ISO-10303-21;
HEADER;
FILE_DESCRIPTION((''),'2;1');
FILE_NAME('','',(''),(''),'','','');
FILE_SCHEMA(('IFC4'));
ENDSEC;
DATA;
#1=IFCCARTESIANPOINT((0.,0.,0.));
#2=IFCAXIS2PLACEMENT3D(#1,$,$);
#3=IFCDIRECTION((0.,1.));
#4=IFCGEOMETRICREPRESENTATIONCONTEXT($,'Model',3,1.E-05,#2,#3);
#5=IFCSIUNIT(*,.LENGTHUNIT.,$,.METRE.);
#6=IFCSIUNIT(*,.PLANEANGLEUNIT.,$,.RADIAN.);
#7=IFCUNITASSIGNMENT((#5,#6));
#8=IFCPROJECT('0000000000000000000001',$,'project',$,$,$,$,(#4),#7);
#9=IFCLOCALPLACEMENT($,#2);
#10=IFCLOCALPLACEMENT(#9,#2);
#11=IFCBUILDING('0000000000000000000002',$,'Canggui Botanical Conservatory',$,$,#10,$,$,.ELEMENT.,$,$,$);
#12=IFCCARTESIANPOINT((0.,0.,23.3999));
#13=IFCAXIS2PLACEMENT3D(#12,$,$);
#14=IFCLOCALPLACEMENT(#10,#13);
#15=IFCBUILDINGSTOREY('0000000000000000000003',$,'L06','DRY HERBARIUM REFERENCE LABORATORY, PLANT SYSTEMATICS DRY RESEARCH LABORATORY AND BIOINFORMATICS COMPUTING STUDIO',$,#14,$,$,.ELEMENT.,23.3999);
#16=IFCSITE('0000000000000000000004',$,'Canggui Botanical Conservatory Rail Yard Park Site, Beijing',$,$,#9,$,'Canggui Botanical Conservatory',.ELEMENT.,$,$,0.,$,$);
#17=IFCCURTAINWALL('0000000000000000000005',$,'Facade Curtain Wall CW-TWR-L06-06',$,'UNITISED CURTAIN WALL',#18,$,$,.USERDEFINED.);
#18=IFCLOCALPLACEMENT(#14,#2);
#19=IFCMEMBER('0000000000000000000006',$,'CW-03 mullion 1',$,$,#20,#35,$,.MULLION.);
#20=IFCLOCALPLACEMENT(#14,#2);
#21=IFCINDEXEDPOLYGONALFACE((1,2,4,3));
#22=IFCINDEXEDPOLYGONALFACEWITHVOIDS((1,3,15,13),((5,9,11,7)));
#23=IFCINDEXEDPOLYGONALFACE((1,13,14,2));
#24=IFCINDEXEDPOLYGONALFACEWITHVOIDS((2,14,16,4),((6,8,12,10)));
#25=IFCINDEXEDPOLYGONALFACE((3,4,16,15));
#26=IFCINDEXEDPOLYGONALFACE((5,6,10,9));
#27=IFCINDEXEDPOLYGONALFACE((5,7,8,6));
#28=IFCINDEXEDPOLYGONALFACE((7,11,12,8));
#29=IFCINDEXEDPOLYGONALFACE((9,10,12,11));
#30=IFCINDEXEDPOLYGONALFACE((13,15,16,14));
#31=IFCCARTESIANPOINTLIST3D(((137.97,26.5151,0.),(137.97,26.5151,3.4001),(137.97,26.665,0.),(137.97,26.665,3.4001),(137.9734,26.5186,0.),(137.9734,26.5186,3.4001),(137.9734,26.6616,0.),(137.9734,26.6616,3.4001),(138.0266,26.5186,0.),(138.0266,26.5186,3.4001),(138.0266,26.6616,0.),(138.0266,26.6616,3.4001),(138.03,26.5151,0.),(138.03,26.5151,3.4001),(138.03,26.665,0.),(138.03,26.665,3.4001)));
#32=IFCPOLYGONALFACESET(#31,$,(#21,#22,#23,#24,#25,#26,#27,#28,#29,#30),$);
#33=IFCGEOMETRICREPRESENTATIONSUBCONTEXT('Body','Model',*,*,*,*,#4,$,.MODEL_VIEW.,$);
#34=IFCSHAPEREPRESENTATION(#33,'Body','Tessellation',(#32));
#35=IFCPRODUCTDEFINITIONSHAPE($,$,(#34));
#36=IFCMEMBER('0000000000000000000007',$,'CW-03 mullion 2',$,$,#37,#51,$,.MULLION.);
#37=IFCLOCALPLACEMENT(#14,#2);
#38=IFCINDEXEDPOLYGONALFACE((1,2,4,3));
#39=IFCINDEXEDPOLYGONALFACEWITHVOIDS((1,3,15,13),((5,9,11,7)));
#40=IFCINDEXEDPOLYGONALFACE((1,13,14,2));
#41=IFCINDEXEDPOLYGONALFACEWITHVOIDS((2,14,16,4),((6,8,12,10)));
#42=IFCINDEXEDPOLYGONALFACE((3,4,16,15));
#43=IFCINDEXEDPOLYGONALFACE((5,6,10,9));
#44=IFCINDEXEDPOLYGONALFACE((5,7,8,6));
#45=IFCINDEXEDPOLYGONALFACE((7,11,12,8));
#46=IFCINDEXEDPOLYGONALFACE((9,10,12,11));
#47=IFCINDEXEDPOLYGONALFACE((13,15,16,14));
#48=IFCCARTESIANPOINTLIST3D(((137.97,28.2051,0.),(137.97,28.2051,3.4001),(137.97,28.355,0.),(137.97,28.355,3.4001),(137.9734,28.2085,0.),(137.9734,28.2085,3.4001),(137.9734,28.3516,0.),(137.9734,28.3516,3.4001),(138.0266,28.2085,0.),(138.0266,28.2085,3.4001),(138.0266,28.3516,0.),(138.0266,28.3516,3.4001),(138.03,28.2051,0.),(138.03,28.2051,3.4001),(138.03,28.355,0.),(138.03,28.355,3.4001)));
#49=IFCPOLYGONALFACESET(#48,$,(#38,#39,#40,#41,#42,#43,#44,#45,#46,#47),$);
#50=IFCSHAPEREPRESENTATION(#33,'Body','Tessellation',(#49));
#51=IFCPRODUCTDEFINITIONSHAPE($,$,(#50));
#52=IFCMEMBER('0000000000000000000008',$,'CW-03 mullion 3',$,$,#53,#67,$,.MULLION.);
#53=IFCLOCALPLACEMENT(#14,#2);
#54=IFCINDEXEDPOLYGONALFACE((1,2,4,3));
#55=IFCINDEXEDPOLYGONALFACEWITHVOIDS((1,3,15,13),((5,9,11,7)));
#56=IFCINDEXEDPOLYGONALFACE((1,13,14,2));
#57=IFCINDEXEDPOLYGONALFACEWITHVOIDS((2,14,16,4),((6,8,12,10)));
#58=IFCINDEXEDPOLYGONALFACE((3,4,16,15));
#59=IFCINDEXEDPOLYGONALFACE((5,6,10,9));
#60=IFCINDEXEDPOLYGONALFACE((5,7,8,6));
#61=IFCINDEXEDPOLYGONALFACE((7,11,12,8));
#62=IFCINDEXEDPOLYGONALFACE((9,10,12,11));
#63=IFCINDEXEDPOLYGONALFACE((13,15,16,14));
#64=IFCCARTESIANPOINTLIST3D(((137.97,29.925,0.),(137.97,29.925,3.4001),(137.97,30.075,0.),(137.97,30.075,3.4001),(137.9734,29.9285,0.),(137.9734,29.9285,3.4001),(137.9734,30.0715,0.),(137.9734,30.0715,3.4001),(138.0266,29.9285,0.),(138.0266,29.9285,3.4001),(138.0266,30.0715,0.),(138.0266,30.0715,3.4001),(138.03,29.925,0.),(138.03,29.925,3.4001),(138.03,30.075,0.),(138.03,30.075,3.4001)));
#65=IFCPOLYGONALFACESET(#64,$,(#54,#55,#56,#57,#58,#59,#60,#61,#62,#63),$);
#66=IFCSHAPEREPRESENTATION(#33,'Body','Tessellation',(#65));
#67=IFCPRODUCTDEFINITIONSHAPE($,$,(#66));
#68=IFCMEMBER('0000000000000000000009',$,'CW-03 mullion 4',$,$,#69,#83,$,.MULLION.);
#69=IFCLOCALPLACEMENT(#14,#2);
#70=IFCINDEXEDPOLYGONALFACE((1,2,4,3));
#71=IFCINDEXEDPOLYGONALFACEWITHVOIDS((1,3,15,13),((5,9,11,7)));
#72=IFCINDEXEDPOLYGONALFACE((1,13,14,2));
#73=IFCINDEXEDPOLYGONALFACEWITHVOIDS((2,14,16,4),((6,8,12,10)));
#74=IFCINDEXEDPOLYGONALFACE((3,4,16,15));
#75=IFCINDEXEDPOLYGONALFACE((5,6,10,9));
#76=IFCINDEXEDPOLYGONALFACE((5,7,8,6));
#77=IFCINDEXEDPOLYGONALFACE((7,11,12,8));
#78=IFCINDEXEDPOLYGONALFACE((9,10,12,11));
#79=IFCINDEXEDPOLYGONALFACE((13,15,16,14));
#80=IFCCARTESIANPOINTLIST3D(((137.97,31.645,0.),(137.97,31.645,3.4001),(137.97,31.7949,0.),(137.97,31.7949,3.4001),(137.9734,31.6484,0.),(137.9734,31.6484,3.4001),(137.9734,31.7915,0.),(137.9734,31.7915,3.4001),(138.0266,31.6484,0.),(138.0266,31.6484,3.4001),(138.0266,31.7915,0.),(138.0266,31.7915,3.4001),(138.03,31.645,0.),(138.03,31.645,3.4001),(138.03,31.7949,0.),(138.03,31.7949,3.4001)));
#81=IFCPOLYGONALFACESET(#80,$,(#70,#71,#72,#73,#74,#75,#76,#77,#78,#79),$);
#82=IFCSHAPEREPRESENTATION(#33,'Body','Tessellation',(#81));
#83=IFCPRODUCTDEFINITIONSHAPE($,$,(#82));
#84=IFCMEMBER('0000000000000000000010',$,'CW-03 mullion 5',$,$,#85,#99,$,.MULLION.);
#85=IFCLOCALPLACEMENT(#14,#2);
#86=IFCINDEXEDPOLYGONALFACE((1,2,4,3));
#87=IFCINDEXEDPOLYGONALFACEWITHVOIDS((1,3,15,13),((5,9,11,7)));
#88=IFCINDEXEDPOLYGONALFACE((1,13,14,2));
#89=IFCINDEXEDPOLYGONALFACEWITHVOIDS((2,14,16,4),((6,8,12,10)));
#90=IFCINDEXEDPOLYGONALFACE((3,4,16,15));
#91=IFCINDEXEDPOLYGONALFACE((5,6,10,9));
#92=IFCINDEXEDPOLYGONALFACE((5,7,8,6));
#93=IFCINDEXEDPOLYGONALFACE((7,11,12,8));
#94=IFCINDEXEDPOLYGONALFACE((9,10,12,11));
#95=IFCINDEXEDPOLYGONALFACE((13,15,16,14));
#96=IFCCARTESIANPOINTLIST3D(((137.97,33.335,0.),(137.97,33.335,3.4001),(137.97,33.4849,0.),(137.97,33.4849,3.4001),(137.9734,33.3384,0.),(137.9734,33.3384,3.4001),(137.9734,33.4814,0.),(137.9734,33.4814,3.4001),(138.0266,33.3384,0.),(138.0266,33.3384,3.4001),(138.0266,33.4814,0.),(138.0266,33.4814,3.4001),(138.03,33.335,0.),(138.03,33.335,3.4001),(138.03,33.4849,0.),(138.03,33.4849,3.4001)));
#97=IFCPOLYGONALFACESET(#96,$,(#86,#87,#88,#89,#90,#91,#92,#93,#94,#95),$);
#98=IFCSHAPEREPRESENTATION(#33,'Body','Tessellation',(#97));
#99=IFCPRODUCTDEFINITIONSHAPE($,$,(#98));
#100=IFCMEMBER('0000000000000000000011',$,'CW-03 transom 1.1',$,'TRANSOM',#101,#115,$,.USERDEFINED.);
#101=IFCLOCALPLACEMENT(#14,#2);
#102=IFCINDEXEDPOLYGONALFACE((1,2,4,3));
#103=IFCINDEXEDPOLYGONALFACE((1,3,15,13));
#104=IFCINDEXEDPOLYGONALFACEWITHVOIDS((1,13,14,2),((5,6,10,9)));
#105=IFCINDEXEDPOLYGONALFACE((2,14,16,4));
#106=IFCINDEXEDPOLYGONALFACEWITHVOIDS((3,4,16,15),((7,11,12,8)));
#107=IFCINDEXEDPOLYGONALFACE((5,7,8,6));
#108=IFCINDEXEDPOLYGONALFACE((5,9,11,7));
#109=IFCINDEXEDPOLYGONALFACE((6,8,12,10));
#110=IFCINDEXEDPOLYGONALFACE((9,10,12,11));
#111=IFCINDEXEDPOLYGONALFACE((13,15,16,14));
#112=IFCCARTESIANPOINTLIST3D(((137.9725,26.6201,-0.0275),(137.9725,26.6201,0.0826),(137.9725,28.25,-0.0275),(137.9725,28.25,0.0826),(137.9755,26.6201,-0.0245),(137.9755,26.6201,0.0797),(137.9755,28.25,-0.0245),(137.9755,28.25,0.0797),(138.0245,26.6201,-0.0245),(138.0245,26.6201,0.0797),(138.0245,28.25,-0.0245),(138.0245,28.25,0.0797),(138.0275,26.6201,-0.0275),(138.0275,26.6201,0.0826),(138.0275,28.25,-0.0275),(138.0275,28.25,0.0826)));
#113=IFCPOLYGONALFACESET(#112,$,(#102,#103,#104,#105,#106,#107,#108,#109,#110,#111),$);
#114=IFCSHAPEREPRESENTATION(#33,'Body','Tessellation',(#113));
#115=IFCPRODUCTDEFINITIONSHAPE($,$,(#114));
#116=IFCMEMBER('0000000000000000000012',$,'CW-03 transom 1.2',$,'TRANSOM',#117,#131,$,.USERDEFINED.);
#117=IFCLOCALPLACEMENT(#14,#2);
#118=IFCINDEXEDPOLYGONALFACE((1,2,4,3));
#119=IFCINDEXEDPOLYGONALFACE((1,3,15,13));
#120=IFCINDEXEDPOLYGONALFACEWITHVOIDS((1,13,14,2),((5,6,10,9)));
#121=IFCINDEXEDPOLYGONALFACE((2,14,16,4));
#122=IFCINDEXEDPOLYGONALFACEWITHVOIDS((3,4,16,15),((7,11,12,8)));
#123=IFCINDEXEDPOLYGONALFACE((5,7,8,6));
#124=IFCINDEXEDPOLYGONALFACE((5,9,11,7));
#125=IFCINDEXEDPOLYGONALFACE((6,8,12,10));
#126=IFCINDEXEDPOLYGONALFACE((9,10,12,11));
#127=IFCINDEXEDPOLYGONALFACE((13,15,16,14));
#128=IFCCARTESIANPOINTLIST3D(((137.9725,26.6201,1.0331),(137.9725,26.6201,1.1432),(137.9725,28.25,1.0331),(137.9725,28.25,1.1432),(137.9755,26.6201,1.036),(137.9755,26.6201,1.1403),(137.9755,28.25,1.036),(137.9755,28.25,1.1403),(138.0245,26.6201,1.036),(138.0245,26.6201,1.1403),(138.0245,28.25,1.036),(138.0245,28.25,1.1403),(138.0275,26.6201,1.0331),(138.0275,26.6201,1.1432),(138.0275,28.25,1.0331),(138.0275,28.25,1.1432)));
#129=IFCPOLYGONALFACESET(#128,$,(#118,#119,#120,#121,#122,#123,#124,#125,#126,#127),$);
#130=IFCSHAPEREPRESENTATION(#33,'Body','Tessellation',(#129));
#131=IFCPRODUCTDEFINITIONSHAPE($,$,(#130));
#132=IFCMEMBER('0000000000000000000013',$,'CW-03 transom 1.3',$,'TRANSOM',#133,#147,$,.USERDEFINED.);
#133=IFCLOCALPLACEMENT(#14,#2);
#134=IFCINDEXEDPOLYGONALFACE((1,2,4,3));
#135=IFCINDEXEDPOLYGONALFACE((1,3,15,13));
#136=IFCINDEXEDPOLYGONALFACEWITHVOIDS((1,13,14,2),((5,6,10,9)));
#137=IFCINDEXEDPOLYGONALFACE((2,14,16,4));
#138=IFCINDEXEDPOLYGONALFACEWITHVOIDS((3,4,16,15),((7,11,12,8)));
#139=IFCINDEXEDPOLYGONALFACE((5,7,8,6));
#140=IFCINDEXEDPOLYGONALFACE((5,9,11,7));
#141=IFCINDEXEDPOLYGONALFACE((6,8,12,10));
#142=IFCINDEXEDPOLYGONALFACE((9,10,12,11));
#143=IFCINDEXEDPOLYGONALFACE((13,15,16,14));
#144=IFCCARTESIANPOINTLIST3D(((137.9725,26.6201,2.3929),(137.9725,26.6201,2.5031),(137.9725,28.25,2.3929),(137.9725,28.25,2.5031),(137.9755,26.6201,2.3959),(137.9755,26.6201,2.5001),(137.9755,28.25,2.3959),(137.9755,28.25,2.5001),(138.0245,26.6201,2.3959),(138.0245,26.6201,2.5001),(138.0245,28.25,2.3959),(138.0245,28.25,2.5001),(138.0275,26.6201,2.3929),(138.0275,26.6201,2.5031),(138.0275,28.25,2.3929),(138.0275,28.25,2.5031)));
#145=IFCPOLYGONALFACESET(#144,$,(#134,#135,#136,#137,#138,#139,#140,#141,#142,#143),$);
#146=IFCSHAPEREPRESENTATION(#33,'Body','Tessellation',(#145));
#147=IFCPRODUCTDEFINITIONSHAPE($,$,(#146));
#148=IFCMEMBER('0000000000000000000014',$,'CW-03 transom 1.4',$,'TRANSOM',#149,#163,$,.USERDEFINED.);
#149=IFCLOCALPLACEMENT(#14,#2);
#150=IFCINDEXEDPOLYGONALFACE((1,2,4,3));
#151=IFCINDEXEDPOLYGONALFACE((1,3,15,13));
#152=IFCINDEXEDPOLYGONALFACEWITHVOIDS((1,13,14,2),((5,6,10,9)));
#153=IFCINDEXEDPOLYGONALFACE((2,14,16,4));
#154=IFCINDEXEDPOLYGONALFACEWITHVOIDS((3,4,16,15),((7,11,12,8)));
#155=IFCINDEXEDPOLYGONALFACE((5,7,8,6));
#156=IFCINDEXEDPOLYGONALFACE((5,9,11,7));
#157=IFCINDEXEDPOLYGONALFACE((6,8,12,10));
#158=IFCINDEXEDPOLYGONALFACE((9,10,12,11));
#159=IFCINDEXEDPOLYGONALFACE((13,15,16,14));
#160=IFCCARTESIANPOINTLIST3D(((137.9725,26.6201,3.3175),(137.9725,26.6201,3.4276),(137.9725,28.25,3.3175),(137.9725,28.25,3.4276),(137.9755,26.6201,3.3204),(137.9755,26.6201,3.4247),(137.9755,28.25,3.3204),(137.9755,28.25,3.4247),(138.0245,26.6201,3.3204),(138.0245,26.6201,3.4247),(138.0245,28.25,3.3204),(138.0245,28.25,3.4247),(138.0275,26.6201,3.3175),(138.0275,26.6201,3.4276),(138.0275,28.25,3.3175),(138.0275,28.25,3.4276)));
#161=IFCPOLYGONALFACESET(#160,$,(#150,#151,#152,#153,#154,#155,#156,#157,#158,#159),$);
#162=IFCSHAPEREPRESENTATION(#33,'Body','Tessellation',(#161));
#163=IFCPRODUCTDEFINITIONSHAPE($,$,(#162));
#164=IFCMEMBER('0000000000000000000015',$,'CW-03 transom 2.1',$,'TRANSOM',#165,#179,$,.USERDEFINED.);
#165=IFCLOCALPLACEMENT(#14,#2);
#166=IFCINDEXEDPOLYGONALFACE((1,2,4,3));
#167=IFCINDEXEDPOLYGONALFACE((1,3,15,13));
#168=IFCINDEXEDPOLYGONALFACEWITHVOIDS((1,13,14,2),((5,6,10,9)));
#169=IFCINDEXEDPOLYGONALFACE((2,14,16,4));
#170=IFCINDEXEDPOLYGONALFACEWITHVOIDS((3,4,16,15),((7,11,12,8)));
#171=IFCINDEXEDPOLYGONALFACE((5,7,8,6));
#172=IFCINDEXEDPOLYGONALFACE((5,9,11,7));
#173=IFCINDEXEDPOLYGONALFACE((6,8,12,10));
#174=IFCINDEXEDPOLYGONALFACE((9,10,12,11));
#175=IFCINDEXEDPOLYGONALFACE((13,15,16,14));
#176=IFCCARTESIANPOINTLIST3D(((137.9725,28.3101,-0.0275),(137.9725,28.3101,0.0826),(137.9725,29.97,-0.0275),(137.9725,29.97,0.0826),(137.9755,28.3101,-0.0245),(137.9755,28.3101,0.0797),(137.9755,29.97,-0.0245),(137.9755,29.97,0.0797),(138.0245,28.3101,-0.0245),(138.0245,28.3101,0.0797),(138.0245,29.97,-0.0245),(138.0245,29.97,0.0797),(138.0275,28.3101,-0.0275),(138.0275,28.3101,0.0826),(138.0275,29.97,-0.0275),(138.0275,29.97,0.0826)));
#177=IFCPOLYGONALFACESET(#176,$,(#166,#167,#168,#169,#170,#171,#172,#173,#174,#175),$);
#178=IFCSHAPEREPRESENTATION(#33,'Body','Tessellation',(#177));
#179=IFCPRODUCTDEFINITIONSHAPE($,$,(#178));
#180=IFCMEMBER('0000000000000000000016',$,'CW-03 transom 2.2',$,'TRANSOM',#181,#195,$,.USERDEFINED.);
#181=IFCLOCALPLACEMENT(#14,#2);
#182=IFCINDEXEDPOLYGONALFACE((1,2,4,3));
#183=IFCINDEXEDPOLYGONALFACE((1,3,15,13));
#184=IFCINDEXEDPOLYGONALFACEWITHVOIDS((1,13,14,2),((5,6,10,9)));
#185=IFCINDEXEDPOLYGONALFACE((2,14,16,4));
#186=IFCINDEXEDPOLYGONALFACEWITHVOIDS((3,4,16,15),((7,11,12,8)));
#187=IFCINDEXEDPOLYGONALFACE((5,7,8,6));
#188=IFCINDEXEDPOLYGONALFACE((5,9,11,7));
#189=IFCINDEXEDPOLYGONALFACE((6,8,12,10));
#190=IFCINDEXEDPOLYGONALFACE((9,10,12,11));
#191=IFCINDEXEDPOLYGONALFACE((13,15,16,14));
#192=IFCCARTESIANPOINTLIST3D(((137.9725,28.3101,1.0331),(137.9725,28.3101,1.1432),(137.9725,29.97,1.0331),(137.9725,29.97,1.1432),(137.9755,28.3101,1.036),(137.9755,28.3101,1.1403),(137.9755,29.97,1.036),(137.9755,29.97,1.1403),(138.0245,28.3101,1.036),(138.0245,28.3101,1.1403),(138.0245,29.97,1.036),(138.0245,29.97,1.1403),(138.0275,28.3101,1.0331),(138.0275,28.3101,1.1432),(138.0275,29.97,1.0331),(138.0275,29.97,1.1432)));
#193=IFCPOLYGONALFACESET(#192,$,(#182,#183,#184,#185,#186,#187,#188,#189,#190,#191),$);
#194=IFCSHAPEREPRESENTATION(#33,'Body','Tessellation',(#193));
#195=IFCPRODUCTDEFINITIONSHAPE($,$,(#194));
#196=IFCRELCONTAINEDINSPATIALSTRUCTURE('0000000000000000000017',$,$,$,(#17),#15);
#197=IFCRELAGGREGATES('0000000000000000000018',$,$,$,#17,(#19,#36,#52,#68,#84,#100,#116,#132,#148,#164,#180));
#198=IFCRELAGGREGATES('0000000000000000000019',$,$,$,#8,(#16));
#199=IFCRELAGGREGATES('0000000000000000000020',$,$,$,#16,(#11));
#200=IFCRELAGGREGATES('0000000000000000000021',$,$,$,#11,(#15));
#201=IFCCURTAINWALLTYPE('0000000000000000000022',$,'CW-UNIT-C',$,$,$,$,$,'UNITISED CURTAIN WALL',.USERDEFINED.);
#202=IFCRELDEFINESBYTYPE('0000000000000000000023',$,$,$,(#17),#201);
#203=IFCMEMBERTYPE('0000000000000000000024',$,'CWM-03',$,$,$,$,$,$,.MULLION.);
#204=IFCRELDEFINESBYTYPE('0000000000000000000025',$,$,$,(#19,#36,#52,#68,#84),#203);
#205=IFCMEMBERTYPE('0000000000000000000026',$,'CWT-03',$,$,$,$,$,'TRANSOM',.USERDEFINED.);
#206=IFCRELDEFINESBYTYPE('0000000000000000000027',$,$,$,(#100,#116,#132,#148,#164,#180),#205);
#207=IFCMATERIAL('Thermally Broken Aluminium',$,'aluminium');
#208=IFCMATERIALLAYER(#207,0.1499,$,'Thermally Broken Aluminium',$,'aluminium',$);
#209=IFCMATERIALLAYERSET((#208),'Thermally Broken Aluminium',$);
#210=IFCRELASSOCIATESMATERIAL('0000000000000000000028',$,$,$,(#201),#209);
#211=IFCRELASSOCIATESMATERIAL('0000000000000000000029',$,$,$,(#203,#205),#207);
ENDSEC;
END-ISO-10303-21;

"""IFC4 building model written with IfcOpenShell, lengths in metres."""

from ifc_helpers import new_model, si_unit, direction, frame, origin, origin_2d, place, context, subcontext, project, spatial, hollow_rectangle, extrude, material, layer, layer_set, material_profile, profile_set, type_object, element, aggregate, save


model = new_model("IFC4")

# Units and contexts
model_context = context("Model", 3, precision=1e-05, world=origin(), true_north=direction((0.0, 1.0)))
body_context = subcontext(model_context, "Body", "Model", "MODEL_VIEW")
ifc_project = project(units=[si_unit("LENGTHUNIT", "METRE"), si_unit("PLANEANGLEUNIT", "RADIAN")], contexts=[model_context])

# Site, building, storey
site_placement = place(None, origin())
site = spatial("IfcSite", under=ifc_project, at=site_placement, Name="Canggui Botanical Conservatory Rail Yard Park Site, Beijing", LongName="Canggui Botanical Conservatory", CompositionType="ELEMENT", RefElevation=0.0)
building_placement = place(site_placement, origin())
building = spatial("IfcBuilding", under=site, at=building_placement, Name="Canggui Botanical Conservatory", CompositionType="ELEMENT")
storey_placement = place(building_placement, frame((0.0, 0.0, 23.3999)))
storey = spatial("IfcBuildingStorey", under=building, at=storey_placement, Name="L06", Description="DRY HERBARIUM REFERENCE LABORATORY, PLANT SYSTEMATICS DRY RESEARCH LABORATORY AND BIOINFORMATICS COMPUTING STUDIO", CompositionType="ELEMENT", Elevation=23.3999)

# Curtain wall, members
ifc_material_1 = material(Name="Thermally Broken Aluminium", Category="aluminium")
ifc_layer_1 = layer(ifc_material_1, 0.1499, Name="Thermally Broken Aluminium", Category="aluminium")
ifc_layer_set_1 = layer_set([ifc_layer_1], Name="Thermally Broken Aluminium")
curtain_wall_type = type_object("IfcCurtainWallType", Name="CW-UNIT-C", ElementType="UNITISED CURTAIN WALL", PredefinedType="USERDEFINED", material=ifc_layer_set_1)
curtain_wall_placement = place(storey_placement, origin())
curtain_wall = element("IfcCurtainWall", 1, at=curtain_wall_placement, inside=storey, type_object=curtain_wall_type, Name="Facade Curtain Wall CW-TWR-L06-06", ObjectType="UNITISED CURTAIN WALL", PredefinedType="USERDEFINED")
ifc_material_profile_1 = material_profile(ifc_material_1, hollow_rectangle(XDim=0.0601, YDim=0.1499, WallThickness=0.0034, at=origin_2d()), Name="CWM 60x150x3.5")
ifc_profile_set_1 = profile_set([ifc_material_profile_1], Name="Thermally Broken Aluminium")
member_type_1 = type_object("IfcMemberType", Name="CWM-03", PredefinedType="MULLION", material=ifc_profile_set_1)
member_1_placement = place(storey_placement, frame((138.0, 26.5901, 0.0), z_axis=(0.0, 0.0, 1.0), x_axis=(-1.0, 0.0, 0.0)))
member_1 = element("IfcMember", 2, at=member_1_placement, type_object=member_type_1, Name="CW-03 mullion 1", PredefinedType="MULLION", context=body_context, shape_type="SweptSolid", body=[
    extrude(hollow_rectangle(XDim=0.0601, YDim=0.1499, WallThickness=0.0034, at=origin_2d()), origin(), (0.0, 0.0, 1.0), 3.4001),
])
member_2_placement = place(storey_placement, frame((138.0, 28.28, 0.0), z_axis=(0.0, 0.0, 1.0), x_axis=(-1.0, 0.0, 0.0)))
member_2 = element("IfcMember", 3, at=member_2_placement, type_object=member_type_1, Name="CW-03 mullion 2", PredefinedType="MULLION", context=body_context, shape_type="SweptSolid", body=[
    extrude(hollow_rectangle(XDim=0.0601, YDim=0.1499, WallThickness=0.0034, at=origin_2d()), origin(), (0.0, 0.0, 1.0), 3.4001),
])
member_3_placement = place(storey_placement, frame((138.0, 30.0, 0.0), z_axis=(0.0, 0.0, 1.0), x_axis=(-1.0, 0.0, 0.0)))
member_3 = element("IfcMember", 4, at=member_3_placement, type_object=member_type_1, Name="CW-03 mullion 3", PredefinedType="MULLION", context=body_context, shape_type="SweptSolid", body=[
    extrude(hollow_rectangle(XDim=0.0601, YDim=0.1499, WallThickness=0.0034, at=origin_2d()), origin(), (0.0, 0.0, 1.0), 3.4001),
])
member_4_placement = place(storey_placement, frame((138.0, 31.72, 0.0), z_axis=(0.0, 0.0, 1.0), x_axis=(-1.0, 0.0, 0.0)))
member_4 = element("IfcMember", 5, at=member_4_placement, type_object=member_type_1, Name="CW-03 mullion 4", PredefinedType="MULLION", context=body_context, shape_type="SweptSolid", body=[
    extrude(hollow_rectangle(XDim=0.0601, YDim=0.1499, WallThickness=0.0034, at=origin_2d()), origin(), (0.0, 0.0, 1.0), 3.4001),
])
member_5_placement = place(storey_placement, frame((138.0, 33.4099, 0.0), z_axis=(0.0, 0.0, 1.0), x_axis=(-1.0, 0.0, 0.0)))
member_5 = element("IfcMember", 6, at=member_5_placement, type_object=member_type_1, Name="CW-03 mullion 5", PredefinedType="MULLION", context=body_context, shape_type="SweptSolid", body=[
    extrude(hollow_rectangle(XDim=0.0601, YDim=0.1499, WallThickness=0.0034, at=origin_2d()), origin(), (0.0, 0.0, 1.0), 3.4001),
])
ifc_material_profile_2 = material_profile(ifc_material_1, hollow_rectangle(XDim=0.0549, YDim=0.1101, WallThickness=0.0029, at=origin_2d()), Name="CWT 55x110x3")
ifc_profile_set_2 = profile_set([ifc_material_profile_2], Name="Thermally Broken Aluminium")
member_type_2 = type_object("IfcMemberType", Name="CWT-03", ElementType="TRANSOM", PredefinedType="USERDEFINED", material=ifc_profile_set_2)
member_6_placement = place(storey_placement, frame((138.0, 26.6201, 0.0276), z_axis=(0.0, 1.0, 0.0), x_axis=(-1.0, 0.0, 0.0)))
member_6 = element("IfcMember", 7, at=member_6_placement, type_object=member_type_2, Name="CW-03 transom 1.1", ObjectType="TRANSOM", PredefinedType="USERDEFINED", context=body_context, shape_type="SweptSolid", body=[
    extrude(hollow_rectangle(XDim=0.0549, YDim=0.1101, WallThickness=0.0029, at=origin_2d()), origin(), (0.0, 0.0, 1.0), 1.6299),
])
member_7_placement = place(storey_placement, frame((138.0, 26.6201, 1.0881), z_axis=(0.0, 1.0, 0.0), x_axis=(-1.0, 0.0, 0.0)))
member_7 = element("IfcMember", 8, at=member_7_placement, type_object=member_type_2, Name="CW-03 transom 1.2", ObjectType="TRANSOM", PredefinedType="USERDEFINED", context=body_context, shape_type="SweptSolid", body=[
    extrude(hollow_rectangle(XDim=0.0549, YDim=0.1101, WallThickness=0.0029, at=origin_2d()), origin(), (0.0, 0.0, 1.0), 1.6299),
])
member_8_placement = place(storey_placement, frame((138.0, 26.6201, 2.448), z_axis=(0.0, 1.0, 0.0), x_axis=(-1.0, 0.0, 0.0)))
member_8 = element("IfcMember", 9, at=member_8_placement, type_object=member_type_2, Name="CW-03 transom 1.3", ObjectType="TRANSOM", PredefinedType="USERDEFINED", context=body_context, shape_type="SweptSolid", body=[
    extrude(hollow_rectangle(XDim=0.0549, YDim=0.1101, WallThickness=0.0029, at=origin_2d()), origin(), (0.0, 0.0, 1.0), 1.6299),
])
member_9_placement = place(storey_placement, frame((138.0, 26.6201, 3.3726), z_axis=(0.0, 1.0, 0.0), x_axis=(-1.0, 0.0, 0.0)))
member_9 = element("IfcMember", 10, at=member_9_placement, type_object=member_type_2, Name="CW-03 transom 1.4", ObjectType="TRANSOM", PredefinedType="USERDEFINED", context=body_context, shape_type="SweptSolid", body=[
    extrude(hollow_rectangle(XDim=0.0549, YDim=0.1101, WallThickness=0.0029, at=origin_2d()), origin(), (0.0, 0.0, 1.0), 1.6299),
])
member_10_placement = place(storey_placement, frame((138.0, 28.3101, 0.0276), z_axis=(0.0, 1.0, 0.0), x_axis=(-1.0, 0.0, 0.0)))
member_10 = element("IfcMember", 11, at=member_10_placement, type_object=member_type_2, Name="CW-03 transom 2.1", ObjectType="TRANSOM", PredefinedType="USERDEFINED", context=body_context, shape_type="SweptSolid", body=[
    extrude(hollow_rectangle(XDim=0.0549, YDim=0.1101, WallThickness=0.0029, at=origin_2d()), origin(), (0.0, 0.0, 1.0), 1.6599),
])
member_11_placement = place(storey_placement, frame((138.0, 28.3101, 1.0881), z_axis=(0.0, 1.0, 0.0), x_axis=(-1.0, 0.0, 0.0)))
member_11 = element("IfcMember", 12, at=member_11_placement, type_object=member_type_2, Name="CW-03 transom 2.2", ObjectType="TRANSOM", PredefinedType="USERDEFINED", context=body_context, shape_type="SweptSolid", body=[
    extrude(hollow_rectangle(XDim=0.0549, YDim=0.1101, WallThickness=0.0029, at=origin_2d()), origin(), (0.0, 0.0, 1.0), 1.6599),
])
aggregate(curtain_wall, [member_1, member_2, member_3, member_4, member_5, member_6, member_7, member_8, member_9, member_10, member_11])

save(model, "model.ifc")
